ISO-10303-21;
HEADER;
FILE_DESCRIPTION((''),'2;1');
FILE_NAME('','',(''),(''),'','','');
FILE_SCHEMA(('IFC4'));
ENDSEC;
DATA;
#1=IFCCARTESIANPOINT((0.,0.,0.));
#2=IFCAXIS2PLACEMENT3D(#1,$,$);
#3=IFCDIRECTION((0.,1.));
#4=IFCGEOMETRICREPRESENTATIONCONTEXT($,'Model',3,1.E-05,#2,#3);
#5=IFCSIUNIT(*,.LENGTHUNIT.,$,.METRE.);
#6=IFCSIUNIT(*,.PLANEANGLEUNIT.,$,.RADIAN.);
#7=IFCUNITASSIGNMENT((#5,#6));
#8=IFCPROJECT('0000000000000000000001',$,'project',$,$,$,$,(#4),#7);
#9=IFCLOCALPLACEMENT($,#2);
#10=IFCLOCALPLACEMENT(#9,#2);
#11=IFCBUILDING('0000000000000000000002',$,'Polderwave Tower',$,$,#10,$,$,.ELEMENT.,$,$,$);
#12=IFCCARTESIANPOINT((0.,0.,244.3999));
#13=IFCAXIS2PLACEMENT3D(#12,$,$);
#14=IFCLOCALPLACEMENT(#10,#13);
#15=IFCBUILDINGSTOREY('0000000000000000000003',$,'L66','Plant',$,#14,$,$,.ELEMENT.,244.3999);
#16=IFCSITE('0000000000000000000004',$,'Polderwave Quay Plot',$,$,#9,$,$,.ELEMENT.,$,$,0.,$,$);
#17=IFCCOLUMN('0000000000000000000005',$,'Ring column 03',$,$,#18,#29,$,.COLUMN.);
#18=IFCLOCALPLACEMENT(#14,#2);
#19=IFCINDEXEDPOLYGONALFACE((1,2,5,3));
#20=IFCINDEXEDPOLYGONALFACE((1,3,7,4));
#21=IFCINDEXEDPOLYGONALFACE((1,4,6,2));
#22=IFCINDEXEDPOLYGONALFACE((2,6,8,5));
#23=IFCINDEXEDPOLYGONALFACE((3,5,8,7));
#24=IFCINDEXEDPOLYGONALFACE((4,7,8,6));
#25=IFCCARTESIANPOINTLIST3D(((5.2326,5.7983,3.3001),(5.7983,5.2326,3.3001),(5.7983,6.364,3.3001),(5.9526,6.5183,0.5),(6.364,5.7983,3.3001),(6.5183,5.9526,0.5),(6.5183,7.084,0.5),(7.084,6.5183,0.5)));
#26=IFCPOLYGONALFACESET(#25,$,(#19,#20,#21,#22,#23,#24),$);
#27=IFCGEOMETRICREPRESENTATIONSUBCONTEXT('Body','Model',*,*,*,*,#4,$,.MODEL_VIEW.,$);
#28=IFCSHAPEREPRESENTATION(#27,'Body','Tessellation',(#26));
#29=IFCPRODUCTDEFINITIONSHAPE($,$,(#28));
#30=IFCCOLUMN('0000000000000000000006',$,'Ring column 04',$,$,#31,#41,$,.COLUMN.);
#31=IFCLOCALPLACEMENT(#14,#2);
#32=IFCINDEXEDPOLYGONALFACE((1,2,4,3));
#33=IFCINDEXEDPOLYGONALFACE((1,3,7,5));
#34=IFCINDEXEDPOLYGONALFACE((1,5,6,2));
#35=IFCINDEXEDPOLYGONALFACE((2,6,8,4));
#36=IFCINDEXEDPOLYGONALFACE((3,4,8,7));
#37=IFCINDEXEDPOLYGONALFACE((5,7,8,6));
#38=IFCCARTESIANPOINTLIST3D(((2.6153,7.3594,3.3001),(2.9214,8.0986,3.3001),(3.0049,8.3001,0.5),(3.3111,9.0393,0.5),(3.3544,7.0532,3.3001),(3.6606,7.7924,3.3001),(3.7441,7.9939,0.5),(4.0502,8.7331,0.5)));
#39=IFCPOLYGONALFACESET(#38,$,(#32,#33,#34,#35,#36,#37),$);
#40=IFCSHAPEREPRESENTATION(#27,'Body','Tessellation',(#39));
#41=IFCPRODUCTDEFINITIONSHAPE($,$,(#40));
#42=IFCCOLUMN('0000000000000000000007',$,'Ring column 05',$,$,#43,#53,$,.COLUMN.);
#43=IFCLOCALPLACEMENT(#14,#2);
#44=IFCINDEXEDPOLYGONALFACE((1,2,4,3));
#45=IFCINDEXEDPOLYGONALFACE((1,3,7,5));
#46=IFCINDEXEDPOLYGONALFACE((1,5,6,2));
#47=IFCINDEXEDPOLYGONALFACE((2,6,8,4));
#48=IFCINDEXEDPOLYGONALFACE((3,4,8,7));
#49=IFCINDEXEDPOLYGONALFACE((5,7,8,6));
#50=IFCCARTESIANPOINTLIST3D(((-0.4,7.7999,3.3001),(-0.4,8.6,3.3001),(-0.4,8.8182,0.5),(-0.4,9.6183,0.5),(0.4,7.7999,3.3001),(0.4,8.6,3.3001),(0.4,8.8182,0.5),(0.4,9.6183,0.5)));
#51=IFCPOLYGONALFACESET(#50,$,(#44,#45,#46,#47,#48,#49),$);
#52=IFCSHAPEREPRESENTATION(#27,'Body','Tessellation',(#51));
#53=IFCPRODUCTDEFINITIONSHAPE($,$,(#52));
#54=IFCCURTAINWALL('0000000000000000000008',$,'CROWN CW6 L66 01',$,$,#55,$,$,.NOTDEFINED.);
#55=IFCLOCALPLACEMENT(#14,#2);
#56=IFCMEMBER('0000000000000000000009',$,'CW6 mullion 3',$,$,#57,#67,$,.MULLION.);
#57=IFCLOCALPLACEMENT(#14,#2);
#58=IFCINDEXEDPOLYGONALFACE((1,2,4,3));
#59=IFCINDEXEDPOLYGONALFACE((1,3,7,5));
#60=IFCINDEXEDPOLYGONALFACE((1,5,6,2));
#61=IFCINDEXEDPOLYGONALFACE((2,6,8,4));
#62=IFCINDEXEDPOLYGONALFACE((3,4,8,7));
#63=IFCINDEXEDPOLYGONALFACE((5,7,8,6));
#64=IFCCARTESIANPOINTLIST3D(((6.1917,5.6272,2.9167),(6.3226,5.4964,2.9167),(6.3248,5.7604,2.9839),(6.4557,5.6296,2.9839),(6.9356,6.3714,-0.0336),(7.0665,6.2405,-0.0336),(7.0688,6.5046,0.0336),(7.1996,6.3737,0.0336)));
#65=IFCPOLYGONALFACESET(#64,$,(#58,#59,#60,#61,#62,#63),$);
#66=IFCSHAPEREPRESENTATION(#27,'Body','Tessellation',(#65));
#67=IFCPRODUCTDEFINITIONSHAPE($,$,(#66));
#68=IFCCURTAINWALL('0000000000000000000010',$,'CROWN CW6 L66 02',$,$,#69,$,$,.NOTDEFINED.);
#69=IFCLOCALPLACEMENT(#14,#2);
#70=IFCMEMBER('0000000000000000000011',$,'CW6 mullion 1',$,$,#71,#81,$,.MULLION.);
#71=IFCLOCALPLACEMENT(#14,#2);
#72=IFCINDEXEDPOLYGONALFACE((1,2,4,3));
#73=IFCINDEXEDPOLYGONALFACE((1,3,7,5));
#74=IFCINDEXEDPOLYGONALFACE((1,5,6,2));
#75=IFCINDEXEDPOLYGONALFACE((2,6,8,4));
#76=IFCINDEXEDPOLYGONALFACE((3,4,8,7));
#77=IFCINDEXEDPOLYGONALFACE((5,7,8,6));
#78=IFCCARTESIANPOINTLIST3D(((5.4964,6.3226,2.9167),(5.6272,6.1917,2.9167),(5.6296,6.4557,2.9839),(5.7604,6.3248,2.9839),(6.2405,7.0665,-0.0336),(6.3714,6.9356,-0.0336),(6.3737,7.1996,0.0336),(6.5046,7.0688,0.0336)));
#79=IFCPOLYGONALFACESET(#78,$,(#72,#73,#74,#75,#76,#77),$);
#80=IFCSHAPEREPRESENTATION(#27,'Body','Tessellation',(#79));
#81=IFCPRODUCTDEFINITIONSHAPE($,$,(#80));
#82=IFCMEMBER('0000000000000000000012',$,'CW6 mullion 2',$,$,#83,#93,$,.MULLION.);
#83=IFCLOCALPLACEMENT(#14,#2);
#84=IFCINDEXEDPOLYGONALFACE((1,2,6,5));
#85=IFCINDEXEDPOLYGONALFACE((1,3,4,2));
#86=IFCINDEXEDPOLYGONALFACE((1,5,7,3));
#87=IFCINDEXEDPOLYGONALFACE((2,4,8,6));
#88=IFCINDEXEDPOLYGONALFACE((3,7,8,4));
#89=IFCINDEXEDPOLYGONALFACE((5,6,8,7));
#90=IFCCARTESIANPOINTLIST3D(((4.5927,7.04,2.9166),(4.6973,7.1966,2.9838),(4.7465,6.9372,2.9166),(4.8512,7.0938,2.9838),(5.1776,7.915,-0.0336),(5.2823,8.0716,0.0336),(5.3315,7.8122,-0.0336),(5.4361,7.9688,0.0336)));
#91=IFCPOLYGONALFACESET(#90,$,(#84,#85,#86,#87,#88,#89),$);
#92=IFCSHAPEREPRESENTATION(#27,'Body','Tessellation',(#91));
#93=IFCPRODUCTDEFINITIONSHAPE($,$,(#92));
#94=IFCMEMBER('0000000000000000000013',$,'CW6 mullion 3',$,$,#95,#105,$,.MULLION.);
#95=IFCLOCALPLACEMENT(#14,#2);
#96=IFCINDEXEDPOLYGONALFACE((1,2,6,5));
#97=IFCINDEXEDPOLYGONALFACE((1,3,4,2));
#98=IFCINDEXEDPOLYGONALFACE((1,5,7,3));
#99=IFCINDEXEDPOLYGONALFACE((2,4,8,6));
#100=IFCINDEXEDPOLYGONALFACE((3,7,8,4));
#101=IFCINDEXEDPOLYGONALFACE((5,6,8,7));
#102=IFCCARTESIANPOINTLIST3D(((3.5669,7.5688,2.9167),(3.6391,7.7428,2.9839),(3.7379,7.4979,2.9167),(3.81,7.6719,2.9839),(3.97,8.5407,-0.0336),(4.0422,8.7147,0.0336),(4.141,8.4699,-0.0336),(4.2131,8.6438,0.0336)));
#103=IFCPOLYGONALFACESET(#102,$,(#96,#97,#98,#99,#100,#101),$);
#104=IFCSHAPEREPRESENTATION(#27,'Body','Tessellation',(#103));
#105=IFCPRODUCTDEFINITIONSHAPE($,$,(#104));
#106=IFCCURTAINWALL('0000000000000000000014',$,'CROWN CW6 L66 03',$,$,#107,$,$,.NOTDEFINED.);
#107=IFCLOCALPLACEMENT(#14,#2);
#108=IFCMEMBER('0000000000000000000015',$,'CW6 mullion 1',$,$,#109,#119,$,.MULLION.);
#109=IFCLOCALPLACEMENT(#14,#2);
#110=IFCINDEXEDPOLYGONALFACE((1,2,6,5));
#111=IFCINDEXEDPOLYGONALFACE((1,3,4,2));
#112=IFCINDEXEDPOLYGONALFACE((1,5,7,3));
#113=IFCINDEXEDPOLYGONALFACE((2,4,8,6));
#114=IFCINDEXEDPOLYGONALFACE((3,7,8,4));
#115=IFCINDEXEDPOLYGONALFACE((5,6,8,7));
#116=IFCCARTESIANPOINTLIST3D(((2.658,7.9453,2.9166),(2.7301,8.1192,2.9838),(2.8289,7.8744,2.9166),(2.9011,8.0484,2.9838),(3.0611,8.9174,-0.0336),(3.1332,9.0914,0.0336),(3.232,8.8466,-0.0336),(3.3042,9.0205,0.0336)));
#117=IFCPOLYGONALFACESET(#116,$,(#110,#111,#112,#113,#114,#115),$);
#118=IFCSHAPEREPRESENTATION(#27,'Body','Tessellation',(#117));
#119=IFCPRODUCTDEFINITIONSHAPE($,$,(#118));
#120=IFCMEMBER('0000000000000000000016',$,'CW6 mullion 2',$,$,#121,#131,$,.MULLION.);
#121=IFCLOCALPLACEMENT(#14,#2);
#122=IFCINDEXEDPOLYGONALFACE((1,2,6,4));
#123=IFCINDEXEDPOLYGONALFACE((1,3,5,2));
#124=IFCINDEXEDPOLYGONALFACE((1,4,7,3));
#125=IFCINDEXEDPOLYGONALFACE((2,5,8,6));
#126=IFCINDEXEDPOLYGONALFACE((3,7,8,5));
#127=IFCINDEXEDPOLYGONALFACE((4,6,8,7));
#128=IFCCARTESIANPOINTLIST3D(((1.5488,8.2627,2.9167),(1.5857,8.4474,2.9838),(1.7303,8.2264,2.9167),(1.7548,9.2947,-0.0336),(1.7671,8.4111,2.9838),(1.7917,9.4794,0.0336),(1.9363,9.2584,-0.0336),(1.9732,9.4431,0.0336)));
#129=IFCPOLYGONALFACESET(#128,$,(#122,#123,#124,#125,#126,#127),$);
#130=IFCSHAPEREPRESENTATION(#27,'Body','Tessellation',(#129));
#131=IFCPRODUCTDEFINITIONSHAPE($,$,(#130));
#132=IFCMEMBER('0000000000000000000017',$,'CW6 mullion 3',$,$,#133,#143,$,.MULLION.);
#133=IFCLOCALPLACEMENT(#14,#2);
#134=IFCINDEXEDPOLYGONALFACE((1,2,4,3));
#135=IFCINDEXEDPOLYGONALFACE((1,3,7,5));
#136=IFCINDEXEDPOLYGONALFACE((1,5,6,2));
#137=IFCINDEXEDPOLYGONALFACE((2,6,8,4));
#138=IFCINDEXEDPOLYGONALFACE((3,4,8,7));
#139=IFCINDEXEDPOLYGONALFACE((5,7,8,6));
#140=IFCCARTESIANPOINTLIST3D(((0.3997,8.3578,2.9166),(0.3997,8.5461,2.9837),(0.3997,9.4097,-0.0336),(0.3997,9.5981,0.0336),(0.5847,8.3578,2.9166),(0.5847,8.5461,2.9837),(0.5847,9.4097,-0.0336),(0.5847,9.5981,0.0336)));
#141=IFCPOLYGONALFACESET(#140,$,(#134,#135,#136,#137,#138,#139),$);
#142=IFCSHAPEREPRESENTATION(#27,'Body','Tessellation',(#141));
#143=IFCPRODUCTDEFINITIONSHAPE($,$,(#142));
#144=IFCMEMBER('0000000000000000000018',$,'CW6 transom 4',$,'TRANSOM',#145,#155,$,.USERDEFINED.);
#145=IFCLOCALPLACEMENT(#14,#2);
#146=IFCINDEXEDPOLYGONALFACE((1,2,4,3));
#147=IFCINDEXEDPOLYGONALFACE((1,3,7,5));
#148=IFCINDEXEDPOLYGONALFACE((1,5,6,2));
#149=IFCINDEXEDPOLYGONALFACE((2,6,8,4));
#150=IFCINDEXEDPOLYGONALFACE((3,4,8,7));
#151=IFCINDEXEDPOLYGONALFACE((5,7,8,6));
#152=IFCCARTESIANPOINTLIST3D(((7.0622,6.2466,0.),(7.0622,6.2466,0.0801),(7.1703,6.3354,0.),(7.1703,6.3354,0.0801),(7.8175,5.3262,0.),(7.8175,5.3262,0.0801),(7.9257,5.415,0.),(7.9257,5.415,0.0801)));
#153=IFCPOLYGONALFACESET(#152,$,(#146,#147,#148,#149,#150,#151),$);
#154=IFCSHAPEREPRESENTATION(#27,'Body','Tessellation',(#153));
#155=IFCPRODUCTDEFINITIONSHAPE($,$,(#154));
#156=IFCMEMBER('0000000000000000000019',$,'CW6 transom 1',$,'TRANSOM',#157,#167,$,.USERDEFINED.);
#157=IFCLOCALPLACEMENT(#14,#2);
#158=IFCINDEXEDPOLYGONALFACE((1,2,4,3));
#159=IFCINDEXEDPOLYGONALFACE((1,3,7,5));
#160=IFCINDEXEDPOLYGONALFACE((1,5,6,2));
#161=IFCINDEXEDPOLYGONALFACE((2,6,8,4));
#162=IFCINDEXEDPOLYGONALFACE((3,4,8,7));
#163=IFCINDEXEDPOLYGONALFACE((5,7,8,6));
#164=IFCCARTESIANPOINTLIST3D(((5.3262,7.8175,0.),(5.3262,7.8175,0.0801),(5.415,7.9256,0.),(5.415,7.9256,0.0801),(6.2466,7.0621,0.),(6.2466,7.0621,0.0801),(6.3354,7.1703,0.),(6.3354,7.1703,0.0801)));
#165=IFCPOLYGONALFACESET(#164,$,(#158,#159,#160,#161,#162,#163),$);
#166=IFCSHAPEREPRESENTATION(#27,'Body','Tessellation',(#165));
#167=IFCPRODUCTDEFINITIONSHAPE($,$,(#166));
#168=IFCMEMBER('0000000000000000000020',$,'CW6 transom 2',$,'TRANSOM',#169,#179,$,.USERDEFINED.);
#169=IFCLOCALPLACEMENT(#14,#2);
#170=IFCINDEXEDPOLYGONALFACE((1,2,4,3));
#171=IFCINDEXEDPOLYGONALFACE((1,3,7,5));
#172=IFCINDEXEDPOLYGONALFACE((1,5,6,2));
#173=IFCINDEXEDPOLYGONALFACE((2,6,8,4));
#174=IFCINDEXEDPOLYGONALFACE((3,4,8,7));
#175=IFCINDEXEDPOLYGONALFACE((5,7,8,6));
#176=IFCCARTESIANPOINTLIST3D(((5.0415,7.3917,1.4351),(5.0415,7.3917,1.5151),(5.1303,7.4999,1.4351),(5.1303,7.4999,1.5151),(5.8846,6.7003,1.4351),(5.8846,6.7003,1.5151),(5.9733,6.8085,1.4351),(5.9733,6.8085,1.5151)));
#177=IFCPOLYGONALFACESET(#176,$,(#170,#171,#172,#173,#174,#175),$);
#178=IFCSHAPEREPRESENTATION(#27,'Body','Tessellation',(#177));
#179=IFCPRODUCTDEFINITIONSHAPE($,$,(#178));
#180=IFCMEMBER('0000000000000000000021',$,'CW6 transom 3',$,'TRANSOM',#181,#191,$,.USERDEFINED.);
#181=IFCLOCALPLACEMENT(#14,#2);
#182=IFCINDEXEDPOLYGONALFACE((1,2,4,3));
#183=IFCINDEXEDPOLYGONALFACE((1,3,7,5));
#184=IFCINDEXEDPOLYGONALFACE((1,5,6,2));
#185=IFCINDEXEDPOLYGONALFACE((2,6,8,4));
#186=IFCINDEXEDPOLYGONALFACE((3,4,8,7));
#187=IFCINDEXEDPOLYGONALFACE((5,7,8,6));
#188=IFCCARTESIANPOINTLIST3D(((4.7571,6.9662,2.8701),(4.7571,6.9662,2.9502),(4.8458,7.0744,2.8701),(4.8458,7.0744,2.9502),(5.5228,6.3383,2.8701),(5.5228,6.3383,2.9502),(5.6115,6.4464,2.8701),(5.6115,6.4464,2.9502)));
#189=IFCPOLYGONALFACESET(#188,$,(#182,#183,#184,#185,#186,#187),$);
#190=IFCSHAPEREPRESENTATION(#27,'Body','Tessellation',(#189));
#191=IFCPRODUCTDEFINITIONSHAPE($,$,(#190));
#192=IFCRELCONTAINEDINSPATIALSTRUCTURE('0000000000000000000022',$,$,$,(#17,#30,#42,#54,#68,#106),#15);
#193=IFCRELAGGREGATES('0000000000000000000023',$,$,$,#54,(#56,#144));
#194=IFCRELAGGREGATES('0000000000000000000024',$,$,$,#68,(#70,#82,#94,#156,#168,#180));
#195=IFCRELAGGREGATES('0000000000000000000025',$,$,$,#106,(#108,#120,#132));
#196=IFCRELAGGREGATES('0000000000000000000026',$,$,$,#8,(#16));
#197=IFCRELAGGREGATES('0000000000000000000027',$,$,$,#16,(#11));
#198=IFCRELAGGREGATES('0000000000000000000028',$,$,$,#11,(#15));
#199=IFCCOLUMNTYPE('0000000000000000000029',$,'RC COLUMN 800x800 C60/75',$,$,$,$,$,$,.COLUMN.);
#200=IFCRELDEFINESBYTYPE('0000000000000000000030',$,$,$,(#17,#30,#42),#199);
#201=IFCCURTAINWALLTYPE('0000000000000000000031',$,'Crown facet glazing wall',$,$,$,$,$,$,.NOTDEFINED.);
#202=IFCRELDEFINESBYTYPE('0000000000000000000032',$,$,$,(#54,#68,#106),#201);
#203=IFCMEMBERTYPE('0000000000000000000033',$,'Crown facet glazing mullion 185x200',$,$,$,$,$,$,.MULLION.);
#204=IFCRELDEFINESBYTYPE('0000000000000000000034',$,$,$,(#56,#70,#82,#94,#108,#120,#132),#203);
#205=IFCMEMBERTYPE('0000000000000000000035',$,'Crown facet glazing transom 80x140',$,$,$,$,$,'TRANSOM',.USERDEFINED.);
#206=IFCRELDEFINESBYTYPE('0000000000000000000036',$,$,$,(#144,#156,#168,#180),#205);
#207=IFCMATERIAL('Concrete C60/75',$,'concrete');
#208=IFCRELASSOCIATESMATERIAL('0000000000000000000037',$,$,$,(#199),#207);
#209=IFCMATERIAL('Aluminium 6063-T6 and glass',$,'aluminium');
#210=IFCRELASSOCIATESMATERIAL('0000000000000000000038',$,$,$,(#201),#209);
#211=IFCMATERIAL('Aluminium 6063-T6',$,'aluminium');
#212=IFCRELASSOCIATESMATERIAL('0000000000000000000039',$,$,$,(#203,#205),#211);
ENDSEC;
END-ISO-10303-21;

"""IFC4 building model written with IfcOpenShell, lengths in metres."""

from ifc_helpers import new_model, si_unit, direction, frame, origin, origin_2d, place, context, subcontext, project, spatial, rectangle, extrude, material, material_profile, profile_set, type_object, element, aggregate, save


model = new_model("IFC4")

# Units and contexts
model_context = context("Model", 3, precision=1e-05, world=origin(), true_north=direction((0.0, 1.0)))
body_context = subcontext(model_context, "Body", "Model", "MODEL_VIEW")
ifc_project = project(units=[si_unit("LENGTHUNIT", "METRE"), si_unit("PLANEANGLEUNIT", "RADIAN")], contexts=[model_context])

# Site, building, storey
site_placement = place(None, origin())
site = spatial("IfcSite", under=ifc_project, at=site_placement, Name="Polderwave Quay Plot", CompositionType="ELEMENT", RefElevation=0.0)
building_placement = place(site_placement, origin())
building = spatial("IfcBuilding", under=site, at=building_placement, Name="Polderwave Tower", CompositionType="ELEMENT")
storey_placement = place(building_placement, frame((0.0, 0.0, 244.3999)))
storey = spatial("IfcBuildingStorey", under=building, at=storey_placement, Name="L66", Description="Plant", CompositionType="ELEMENT", Elevation=244.3999)

# Columns
ifc_material_1 = material(Name="Concrete C60/75", Category="concrete")
ifc_material_profile_1 = material_profile(ifc_material_1, rectangle(XDim=0.8, YDim=0.8, at=origin_2d()), Name="RC 800x800")
ifc_profile_set_1 = profile_set([ifc_material_profile_1], Name="Concrete C60/75")
column_type = type_object("IfcColumnType", Name="RC COLUMN 800x800 C60/75", PredefinedType="COLUMN", material=ifc_profile_set_1)
column_1_placement = place(storey_placement, frame((6.5183, 6.5183, 0.5), z_axis=(0.0, 0.0, 1.0), x_axis=(0.707107, -0.707107, 0.0)))
element("IfcColumn", 1, at=column_1_placement, inside=storey, type_object=column_type, Name="Ring column 03", PredefinedType="COLUMN", context=body_context, shape_type="SweptSolid", body=[
    extrude(rectangle(XDim=0.8, YDim=0.8, at=origin_2d()), origin(), (0.0, -0.341741, 0.939794), 2.9795),
])
column_2_placement = place(storey_placement, frame((3.5276, 8.5166, 0.5), z_axis=(0.0, 0.0, 1.0), x_axis=(0.923877, -0.382691, 0.0)))
element("IfcColumn", 2, at=column_2_placement, inside=storey, type_object=column_type, Name="Ring column 04", PredefinedType="COLUMN", context=body_context, shape_type="SweptSolid", body=[
    extrude(rectangle(XDim=0.8, YDim=0.8, at=origin_2d()), origin(), (0.0, -0.341738, 0.939795), 2.9795),
])
column_3_placement = place(storey_placement, frame((0.0, 9.2183, 0.5), z_axis=(0.0, 0.0, 1.0), x_axis=(1.0, 0.0, 0.0)))
element("IfcColumn", 3, at=column_3_placement, inside=storey, type_object=column_type, Name="Ring column 05", PredefinedType="COLUMN", context=body_context, shape_type="SweptSolid", body=[
    extrude(rectangle(XDim=0.8, YDim=0.8, at=origin_2d()), origin(), (0.0, -0.341776, 0.939781), 2.9795),
])

# Curtain wall, member
ifc_material_2 = material(Name="Aluminium 6063-T6 and glass", Category="aluminium")
curtain_wall_type = type_object("IfcCurtainWallType", Name="Crown facet glazing wall", PredefinedType="NOTDEFINED", material=ifc_material_2)
curtain_wall_1_placement = place(storey_placement, origin())
curtain_wall_1 = element("IfcCurtainWall", 4, at=curtain_wall_1_placement, inside=storey, type_object=curtain_wall_type, Name="CROWN CW6 L66 01", PredefinedType="NOTDEFINED")
ifc_material_3 = material(Name="Aluminium 6063-T6", Category="aluminium")
ifc_material_profile_2 = material_profile(ifc_material_3, rectangle(XDim=0.1851, YDim=0.2, at=origin_2d()), Name="AL 185x200")
ifc_profile_set_2 = profile_set([ifc_material_profile_2], Name="Aluminium 6063-T6")
member_type_1 = type_object("IfcMemberType", Name="Crown facet glazing mullion 185x200", PredefinedType="MULLION", material=ifc_profile_set_2)
member_1_placement = place(storey_placement, frame((7.0676, 6.3726, 0.0), z_axis=(-0.237498, -0.237576, 0.941887), x_axis=(0.707223, -0.706991, 0.0)))
member_1 = element("IfcMember", 5, at=member_1_placement, type_object=member_type_1, Name="CW6 mullion 3", PredefinedType="MULLION", context=body_context, shape_type="SweptSolid", body=[
    extrude(rectangle(XDim=0.1851, YDim=0.2, at=origin_2d()), origin(), (0.0, 0.0, 1.0), 3.1323),
])

# Curtain walls, members
curtain_wall_2_placement = place(storey_placement, origin())
curtain_wall_2 = element("IfcCurtainWall", 6, at=curtain_wall_2_placement, inside=storey, type_object=curtain_wall_type, Name="CROWN CW6 L66 02", PredefinedType="NOTDEFINED")
member_2_placement = place(storey_placement, frame((6.3726, 7.0676, 0.0), z_axis=(-0.237576, -0.237498, 0.941887), x_axis=(0.706991, -0.707223, 0.0)))
member_2 = element("IfcMember", 7, at=member_2_placement, type_object=member_type_1, Name="CW6 mullion 1", PredefinedType="MULLION", context=body_context, shape_type="SweptSolid", body=[
    extrude(rectangle(XDim=0.1851, YDim=0.2, at=origin_2d()), origin(), (0.0, 0.0, 1.0), 3.1323),
])
member_3_placement = place(storey_placement, frame((5.3069, 7.9419, 0.0), z_axis=(-0.18675, -0.279345, 0.941855), x_axis=(0.831336, -0.55577, 0.0)))
member_3 = element("IfcMember", 8, at=member_3_placement, type_object=member_type_1, Name="CW6 mullion 2", PredefinedType="MULLION", context=body_context, shape_type="SweptSolid", body=[
    extrude(rectangle(XDim=0.1851, YDim=0.2, at=origin_2d()), origin(), (0.0, 0.0, 1.0), 3.1323),
])
member_4_placement = place(storey_placement, frame((4.0916, 8.5923, 0.0), z_axis=(-0.128687, -0.310299, 0.941888), x_axis=(0.923714, -0.383083, 0.0)))
member_4 = element("IfcMember", 9, at=member_4_placement, type_object=member_type_1, Name="CW6 mullion 3", PredefinedType="MULLION", context=body_context, shape_type="SweptSolid", body=[
    extrude(rectangle(XDim=0.1851, YDim=0.2, at=origin_2d()), origin(), (0.0, 0.0, 1.0), 3.1323),
])
curtain_wall_3_placement = place(storey_placement, origin())
curtain_wall_3 = element("IfcCurtainWall", 10, at=curtain_wall_3_placement, inside=storey, type_object=curtain_wall_type, Name="CROWN CW6 L66 03", PredefinedType="NOTDEFINED")
member_5_placement = place(storey_placement, frame((3.1826, 8.969, 0.0), z_axis=(-0.128684, -0.31037, 0.941866), x_axis=(0.923748, -0.383001, 0.0)))
member_5 = element("IfcMember", 11, at=member_5_placement, type_object=member_type_1, Name="CW6 mullion 1", PredefinedType="MULLION", context=body_context, shape_type="SweptSolid", body=[
    extrude(rectangle(XDim=0.1851, YDim=0.2, at=origin_2d()), origin(), (0.0, 0.0, 1.0), 3.1323),
])
member_6_placement = place(storey_placement, frame((1.864, 9.3689, 0.0), z_axis=(-0.065785, -0.329468, 0.941872), x_axis=(0.980643, -0.195804, 0.0)))
member_6 = element("IfcMember", 12, at=member_6_placement, type_object=member_type_1, Name="CW6 mullion 2", PredefinedType="MULLION", context=body_context, shape_type="SweptSolid", body=[
    extrude(rectangle(XDim=0.1851, YDim=0.2, at=origin_2d()), origin(), (0.0, 0.0, 1.0), 3.1323),
])
member_7_placement = place(storey_placement, frame((0.4922, 9.5039, 0.0), z_axis=(0.0, -0.335872, 0.941908), x_axis=(1.0, 0.0, 0.0)))
member_7 = element("IfcMember", 13, at=member_7_placement, type_object=member_type_1, Name="CW6 mullion 3", PredefinedType="MULLION", context=body_context, shape_type="SweptSolid", body=[
    extrude(rectangle(XDim=0.1851, YDim=0.2, at=origin_2d()), origin(), (0.0, 0.0, 1.0), 3.1321),
])

# Members
ifc_material_profile_3 = material_profile(ifc_material_3, rectangle(XDim=0.1399, YDim=0.0801, at=origin_2d()), Name="AL 80x140")
ifc_profile_set_3 = profile_set([ifc_material_profile_3], Name="Aluminium 6063-T6")
member_type_2 = type_object("IfcMemberType", Name="Crown facet glazing transom 80x140", ElementType="TRANSOM", PredefinedType="USERDEFINED", material=ifc_profile_set_3)
member_8_placement = place(storey_placement, frame((7.8716, 5.3706, 0.04), z_axis=(-0.634398, 0.773006, 0.0), x_axis=(-0.773006, -0.634398, 0.0)))
member_8 = element("IfcMember", 14, at=member_8_placement, type_object=member_type_2, Name="CW6 transom 4", ObjectType="TRANSOM", PredefinedType="USERDEFINED", context=body_context, shape_type="SweptSolid", body=[
    extrude(rectangle(XDim=0.1399, YDim=0.0801, at=origin_2d()), origin(), (0.0, 0.0, 1.0), 1.1907),
])
member_9_placement = place(storey_placement, frame((6.291, 7.1162, 0.04), z_axis=(-0.773006, 0.634398, 0.0), x_axis=(-0.634398, -0.773006, 0.0)))
member_9 = element("IfcMember", 15, at=member_9_placement, type_object=member_type_2, Name="CW6 transom 1", ObjectType="TRANSOM", PredefinedType="USERDEFINED", context=body_context, shape_type="SweptSolid", body=[
    extrude(rectangle(XDim=0.1399, YDim=0.0801, at=origin_2d()), origin(), (0.0, 0.0, 1.0), 1.1907),
])
member_10_placement = place(storey_placement, frame((5.929, 6.7544, 1.4751), z_axis=(-0.773208, 0.634152, 0.0), x_axis=(-0.634152, -0.773208, 0.0)))
member_10 = element("IfcMember", 16, at=member_10_placement, type_object=member_type_2, Name="CW6 transom 2", ObjectType="TRANSOM", PredefinedType="USERDEFINED", context=body_context, shape_type="SweptSolid", body=[
    extrude(rectangle(XDim=0.1399, YDim=0.0801, at=origin_2d()), origin(), (0.0, 0.0, 1.0), 1.0903),
])
member_11_placement = place(storey_placement, frame((5.5671, 6.3923, 2.9102), z_axis=(-0.77321, 0.63415, 0.0), x_axis=(-0.63415, -0.77321, 0.0)))
member_11 = element("IfcMember", 17, at=member_11_placement, type_object=member_type_2, Name="CW6 transom 3", ObjectType="TRANSOM", PredefinedType="USERDEFINED", context=body_context, shape_type="SweptSolid", body=[
    extrude(rectangle(XDim=0.1399, YDim=0.0801, at=origin_2d()), origin(), (0.0, 0.0, 1.0), 0.9902),
])

aggregate(curtain_wall_1, [member_1, member_8])
aggregate(curtain_wall_2, [member_2, member_3, member_4, member_9, member_10, member_11])
aggregate(curtain_wall_3, [member_5, member_6, member_7])

save(model, "model.ifc")
